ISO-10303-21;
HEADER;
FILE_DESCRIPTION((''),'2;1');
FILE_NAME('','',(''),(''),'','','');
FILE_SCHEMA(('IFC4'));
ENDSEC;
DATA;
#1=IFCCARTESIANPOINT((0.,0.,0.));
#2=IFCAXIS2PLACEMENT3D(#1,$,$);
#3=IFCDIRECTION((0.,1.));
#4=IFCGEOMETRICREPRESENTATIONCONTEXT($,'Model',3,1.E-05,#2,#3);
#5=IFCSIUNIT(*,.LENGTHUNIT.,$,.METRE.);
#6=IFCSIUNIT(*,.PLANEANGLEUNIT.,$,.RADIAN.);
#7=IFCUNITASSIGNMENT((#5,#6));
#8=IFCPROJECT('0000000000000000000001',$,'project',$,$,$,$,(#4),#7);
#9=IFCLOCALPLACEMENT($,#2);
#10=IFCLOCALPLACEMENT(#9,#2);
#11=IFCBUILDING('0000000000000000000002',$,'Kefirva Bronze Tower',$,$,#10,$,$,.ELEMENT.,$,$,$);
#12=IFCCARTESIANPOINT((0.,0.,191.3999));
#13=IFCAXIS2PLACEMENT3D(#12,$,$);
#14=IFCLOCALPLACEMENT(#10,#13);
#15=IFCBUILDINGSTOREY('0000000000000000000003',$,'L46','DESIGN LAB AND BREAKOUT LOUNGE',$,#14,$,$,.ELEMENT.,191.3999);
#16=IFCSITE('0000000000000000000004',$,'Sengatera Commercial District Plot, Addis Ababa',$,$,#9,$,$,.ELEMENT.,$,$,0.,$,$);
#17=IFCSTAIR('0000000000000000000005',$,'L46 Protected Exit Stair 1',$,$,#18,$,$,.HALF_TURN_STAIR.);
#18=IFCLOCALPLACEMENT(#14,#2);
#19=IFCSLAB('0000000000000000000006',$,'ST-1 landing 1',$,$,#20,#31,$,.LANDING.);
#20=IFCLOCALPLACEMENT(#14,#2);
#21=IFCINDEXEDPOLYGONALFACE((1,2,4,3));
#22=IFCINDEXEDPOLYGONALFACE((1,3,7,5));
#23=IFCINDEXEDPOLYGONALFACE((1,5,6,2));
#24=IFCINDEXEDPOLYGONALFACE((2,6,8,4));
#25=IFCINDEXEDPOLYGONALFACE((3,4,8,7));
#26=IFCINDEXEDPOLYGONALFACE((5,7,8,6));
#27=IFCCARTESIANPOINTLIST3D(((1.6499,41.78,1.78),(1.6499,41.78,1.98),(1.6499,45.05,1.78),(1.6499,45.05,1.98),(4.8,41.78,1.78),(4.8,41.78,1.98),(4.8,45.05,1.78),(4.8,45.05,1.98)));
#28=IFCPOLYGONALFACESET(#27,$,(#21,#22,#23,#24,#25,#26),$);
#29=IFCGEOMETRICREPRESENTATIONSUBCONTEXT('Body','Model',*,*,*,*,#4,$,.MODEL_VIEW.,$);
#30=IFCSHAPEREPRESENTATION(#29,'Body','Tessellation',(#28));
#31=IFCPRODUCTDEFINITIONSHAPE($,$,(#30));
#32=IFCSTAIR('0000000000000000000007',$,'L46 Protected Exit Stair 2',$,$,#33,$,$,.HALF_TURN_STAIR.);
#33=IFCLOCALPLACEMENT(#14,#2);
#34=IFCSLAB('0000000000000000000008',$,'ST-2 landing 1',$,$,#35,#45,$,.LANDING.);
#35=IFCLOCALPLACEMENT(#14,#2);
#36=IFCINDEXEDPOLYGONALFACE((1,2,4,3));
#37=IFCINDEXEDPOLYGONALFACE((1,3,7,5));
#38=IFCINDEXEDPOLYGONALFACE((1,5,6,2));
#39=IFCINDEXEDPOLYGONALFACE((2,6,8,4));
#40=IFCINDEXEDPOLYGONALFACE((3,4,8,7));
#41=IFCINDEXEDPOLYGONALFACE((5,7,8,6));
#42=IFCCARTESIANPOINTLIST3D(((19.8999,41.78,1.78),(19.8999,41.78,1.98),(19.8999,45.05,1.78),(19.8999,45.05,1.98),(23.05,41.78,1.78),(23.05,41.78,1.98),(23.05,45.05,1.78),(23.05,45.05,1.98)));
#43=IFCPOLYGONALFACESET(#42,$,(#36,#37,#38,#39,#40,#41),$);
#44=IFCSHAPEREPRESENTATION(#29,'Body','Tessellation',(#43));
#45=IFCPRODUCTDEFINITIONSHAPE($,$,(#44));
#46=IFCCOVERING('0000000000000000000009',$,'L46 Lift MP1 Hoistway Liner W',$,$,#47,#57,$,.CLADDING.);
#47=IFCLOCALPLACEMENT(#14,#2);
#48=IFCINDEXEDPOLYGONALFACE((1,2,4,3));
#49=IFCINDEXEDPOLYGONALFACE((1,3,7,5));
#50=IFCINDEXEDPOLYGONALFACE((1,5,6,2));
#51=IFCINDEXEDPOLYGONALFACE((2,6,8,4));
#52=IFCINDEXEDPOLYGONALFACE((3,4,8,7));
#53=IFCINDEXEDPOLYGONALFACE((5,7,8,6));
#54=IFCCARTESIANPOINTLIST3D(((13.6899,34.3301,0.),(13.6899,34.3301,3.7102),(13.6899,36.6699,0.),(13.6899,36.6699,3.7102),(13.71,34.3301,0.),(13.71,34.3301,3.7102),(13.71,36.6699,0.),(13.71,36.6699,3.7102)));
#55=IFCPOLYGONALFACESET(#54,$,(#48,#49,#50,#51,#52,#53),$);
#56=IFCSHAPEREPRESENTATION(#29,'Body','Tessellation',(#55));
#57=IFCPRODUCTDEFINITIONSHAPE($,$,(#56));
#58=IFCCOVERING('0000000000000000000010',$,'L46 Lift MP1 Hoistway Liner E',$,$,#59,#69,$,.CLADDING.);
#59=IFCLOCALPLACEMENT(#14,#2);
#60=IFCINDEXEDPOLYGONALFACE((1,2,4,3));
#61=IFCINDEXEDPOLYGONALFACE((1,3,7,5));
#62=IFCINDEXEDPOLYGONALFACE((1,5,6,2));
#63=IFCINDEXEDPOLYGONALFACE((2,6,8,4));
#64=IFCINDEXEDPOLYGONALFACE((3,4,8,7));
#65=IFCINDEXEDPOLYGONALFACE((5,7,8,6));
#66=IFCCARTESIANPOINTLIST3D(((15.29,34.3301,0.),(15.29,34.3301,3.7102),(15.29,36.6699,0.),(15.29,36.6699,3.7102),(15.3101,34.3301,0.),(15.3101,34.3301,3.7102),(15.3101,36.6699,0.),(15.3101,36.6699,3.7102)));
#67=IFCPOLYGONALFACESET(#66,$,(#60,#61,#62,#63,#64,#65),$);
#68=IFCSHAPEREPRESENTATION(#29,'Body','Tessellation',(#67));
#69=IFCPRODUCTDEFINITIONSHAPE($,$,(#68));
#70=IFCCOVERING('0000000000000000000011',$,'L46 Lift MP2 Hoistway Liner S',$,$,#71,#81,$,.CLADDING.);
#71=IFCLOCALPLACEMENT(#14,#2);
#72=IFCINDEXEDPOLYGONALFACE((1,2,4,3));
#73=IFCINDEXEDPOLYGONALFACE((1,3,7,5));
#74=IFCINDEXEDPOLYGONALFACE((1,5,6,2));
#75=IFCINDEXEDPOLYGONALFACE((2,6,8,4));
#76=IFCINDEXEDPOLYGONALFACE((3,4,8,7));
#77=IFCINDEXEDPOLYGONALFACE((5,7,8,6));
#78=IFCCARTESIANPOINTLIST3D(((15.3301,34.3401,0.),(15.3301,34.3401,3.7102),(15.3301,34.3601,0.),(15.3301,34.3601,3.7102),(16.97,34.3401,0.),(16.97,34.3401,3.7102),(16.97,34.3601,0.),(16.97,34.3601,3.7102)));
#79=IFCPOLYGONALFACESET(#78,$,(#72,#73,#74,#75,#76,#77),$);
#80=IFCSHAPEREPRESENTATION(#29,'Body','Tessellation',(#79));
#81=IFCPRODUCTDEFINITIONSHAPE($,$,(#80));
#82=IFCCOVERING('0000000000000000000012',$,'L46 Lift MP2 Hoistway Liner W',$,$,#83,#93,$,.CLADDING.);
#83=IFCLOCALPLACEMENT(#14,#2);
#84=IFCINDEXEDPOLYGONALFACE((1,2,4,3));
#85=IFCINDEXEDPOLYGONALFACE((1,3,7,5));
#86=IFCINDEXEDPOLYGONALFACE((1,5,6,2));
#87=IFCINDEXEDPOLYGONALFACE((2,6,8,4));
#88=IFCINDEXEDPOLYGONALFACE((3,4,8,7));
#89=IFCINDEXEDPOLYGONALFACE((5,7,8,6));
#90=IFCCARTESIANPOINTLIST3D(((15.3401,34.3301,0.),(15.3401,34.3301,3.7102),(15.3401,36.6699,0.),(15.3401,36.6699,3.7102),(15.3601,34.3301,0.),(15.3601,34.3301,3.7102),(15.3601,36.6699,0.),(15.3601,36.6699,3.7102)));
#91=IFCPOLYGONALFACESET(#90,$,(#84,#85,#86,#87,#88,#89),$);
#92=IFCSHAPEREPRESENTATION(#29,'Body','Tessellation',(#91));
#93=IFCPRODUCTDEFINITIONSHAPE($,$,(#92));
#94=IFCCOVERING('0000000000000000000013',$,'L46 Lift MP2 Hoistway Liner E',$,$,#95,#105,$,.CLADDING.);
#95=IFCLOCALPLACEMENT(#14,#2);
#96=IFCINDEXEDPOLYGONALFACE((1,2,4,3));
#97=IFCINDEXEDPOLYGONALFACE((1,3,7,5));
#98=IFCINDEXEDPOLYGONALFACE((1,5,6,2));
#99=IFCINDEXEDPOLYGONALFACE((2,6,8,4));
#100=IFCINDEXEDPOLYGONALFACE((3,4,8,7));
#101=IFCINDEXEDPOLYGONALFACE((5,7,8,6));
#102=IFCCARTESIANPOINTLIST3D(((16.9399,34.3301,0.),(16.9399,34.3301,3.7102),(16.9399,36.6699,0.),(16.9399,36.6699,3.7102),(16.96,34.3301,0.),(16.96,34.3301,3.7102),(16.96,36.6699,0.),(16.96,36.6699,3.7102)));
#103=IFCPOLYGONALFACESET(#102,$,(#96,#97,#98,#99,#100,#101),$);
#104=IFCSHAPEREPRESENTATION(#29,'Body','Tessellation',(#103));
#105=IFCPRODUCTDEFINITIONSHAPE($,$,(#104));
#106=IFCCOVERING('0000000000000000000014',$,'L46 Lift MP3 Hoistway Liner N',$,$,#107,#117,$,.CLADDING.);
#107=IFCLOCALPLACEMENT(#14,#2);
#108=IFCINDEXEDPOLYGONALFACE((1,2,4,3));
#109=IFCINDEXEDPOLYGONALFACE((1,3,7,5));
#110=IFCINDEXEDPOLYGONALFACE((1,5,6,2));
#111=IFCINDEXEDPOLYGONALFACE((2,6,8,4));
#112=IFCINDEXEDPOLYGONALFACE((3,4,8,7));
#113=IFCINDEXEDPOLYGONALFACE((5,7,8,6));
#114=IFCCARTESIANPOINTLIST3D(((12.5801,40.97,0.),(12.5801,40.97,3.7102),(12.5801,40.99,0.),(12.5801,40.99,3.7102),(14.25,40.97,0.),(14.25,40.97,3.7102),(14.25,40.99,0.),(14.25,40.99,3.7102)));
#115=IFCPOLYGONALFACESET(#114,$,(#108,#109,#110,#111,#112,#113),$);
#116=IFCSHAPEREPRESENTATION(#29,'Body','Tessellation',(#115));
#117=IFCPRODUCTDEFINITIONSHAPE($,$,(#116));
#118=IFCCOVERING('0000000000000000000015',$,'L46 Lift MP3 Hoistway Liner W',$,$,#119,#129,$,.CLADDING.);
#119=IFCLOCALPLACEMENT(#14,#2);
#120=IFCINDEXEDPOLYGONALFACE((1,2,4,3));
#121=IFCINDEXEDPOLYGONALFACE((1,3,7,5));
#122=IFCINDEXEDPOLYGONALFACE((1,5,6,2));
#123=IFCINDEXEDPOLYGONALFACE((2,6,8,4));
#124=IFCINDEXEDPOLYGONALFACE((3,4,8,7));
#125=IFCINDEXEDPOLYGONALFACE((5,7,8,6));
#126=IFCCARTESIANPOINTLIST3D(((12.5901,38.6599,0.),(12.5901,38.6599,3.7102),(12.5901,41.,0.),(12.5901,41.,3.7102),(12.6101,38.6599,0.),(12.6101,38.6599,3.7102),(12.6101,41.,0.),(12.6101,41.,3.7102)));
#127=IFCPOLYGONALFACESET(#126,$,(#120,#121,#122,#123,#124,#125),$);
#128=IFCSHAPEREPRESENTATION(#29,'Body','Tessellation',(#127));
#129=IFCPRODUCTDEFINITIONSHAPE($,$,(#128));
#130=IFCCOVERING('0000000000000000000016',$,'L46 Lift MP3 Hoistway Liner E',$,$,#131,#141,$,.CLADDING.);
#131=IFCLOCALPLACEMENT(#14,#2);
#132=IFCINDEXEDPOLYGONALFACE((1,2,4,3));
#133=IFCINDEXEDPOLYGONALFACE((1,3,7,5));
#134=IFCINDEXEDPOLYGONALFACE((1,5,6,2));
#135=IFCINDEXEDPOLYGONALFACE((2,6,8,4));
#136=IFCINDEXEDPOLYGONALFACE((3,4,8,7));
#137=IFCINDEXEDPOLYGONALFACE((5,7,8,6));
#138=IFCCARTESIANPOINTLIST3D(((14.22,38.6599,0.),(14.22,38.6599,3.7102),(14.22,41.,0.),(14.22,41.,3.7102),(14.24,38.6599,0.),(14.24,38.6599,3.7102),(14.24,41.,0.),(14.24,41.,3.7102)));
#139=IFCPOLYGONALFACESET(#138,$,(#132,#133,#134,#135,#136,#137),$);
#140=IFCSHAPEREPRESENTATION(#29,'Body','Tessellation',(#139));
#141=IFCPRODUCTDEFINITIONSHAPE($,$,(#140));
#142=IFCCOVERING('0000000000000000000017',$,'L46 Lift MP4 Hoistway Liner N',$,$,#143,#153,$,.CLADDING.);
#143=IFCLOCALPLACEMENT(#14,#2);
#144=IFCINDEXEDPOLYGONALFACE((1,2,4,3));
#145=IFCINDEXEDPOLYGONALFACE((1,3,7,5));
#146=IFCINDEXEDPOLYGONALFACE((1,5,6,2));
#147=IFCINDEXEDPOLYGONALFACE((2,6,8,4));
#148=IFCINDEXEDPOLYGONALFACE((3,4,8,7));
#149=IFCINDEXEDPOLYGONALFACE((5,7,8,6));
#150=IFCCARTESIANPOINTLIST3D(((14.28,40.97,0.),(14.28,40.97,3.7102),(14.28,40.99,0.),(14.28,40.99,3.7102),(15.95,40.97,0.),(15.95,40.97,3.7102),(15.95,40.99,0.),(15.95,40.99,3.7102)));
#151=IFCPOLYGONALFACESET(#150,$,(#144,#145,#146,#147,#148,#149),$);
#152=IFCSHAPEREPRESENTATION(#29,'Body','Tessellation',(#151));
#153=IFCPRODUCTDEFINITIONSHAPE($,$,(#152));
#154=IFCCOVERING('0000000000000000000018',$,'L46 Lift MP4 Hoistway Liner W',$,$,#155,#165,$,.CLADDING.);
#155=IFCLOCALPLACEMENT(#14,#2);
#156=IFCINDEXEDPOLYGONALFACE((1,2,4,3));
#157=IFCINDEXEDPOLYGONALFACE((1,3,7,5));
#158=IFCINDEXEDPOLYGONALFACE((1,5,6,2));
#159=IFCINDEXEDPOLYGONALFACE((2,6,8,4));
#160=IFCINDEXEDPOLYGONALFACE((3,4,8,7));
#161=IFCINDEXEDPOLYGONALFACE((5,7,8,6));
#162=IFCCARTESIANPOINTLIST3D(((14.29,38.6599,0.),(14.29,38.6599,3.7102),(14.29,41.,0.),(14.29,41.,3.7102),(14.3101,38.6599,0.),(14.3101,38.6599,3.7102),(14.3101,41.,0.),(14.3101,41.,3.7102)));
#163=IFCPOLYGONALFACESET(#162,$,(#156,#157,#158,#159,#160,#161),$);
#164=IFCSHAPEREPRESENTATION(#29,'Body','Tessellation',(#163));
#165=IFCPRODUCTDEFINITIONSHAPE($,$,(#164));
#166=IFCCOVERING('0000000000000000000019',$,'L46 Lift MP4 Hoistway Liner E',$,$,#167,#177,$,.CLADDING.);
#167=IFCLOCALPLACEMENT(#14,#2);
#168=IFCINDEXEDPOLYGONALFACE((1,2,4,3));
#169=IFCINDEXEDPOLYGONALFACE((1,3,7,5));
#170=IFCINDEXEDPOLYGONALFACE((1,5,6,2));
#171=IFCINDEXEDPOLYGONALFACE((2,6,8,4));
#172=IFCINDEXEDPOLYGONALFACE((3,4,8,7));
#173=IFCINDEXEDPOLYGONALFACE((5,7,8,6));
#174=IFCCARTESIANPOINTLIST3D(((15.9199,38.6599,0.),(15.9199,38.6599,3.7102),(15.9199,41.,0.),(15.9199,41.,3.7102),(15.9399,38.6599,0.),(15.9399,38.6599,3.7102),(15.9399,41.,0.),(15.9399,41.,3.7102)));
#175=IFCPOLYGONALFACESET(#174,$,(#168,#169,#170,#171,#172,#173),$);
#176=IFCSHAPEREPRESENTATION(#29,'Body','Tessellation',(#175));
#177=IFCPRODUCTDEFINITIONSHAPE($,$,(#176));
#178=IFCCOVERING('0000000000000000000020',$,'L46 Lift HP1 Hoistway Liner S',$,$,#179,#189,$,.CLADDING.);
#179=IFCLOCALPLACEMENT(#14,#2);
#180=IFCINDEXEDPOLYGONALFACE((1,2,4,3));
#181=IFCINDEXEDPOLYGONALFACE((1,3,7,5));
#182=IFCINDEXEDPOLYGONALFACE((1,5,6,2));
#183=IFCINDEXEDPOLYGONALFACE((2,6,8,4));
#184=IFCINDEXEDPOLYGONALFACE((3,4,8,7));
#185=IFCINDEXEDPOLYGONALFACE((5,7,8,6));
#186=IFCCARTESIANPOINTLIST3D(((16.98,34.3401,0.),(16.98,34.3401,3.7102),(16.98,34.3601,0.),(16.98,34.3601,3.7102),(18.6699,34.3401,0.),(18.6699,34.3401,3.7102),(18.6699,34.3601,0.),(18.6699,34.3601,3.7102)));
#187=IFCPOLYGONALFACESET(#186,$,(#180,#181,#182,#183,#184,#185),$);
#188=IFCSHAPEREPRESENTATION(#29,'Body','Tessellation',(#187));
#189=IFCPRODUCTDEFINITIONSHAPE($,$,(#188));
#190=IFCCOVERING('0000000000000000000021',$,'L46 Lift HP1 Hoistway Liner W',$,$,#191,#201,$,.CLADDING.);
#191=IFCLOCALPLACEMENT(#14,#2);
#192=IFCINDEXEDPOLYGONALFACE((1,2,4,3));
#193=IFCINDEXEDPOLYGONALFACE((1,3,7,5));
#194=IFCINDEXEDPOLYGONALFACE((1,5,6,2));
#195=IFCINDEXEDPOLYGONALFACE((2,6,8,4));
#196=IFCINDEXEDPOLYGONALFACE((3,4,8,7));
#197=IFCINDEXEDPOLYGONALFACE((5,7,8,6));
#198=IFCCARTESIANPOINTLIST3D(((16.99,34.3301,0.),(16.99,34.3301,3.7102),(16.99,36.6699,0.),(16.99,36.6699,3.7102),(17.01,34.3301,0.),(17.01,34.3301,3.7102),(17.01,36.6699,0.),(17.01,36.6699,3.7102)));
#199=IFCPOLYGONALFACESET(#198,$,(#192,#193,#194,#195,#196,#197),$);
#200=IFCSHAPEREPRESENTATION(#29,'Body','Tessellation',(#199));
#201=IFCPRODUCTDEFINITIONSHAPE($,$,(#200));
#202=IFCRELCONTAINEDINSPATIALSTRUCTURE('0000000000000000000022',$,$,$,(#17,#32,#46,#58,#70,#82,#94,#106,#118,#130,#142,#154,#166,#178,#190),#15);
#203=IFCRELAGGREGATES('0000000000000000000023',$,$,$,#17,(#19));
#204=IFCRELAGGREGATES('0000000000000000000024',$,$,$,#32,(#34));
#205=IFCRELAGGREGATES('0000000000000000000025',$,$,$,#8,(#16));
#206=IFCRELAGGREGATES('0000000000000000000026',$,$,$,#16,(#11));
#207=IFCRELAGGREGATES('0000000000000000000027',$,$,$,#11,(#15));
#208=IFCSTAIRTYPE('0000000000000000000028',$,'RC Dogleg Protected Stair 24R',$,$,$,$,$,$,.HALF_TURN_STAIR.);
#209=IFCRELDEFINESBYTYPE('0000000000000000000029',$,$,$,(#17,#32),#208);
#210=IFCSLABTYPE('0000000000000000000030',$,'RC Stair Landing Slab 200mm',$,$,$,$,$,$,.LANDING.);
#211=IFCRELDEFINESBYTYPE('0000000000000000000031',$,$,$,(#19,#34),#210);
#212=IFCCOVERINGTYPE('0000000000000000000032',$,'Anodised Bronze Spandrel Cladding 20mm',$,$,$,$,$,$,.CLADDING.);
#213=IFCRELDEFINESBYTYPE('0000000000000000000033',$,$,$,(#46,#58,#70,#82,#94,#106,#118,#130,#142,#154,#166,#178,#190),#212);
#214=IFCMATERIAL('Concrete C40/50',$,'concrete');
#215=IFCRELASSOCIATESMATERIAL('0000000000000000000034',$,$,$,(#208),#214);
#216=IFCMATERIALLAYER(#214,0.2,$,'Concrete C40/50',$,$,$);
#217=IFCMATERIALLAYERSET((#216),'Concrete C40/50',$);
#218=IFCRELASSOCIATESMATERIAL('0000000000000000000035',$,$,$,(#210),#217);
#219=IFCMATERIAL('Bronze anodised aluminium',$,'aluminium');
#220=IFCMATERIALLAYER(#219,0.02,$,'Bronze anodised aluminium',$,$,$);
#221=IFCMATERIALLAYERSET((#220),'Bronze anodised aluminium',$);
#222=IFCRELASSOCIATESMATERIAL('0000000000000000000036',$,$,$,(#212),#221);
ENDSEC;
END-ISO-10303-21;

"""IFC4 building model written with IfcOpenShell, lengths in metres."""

from ifc_helpers import new_model, si_unit, direction, frame, origin, place, context, subcontext, project, spatial, polyline, outline, extrude, material, layer, layer_set, type_object, element, aggregate, save


model = new_model("IFC4")

# Units and contexts
model_context = context("Model", 3, precision=1e-05, world=origin(), true_north=direction((0.0, 1.0)))
body_context = subcontext(model_context, "Body", "Model", "MODEL_VIEW")
ifc_project = project(units=[si_unit("LENGTHUNIT", "METRE"), si_unit("PLANEANGLEUNIT", "RADIAN")], contexts=[model_context])

# Site, building, storey
site_placement = place(None, origin())
site = spatial("IfcSite", under=ifc_project, at=site_placement, Name="Sengatera Commercial District Plot, Addis Ababa", CompositionType="ELEMENT", RefElevation=0.0)
building_placement = place(site_placement, origin())
building = spatial("IfcBuilding", under=site, at=building_placement, Name="Kefirva Bronze Tower", CompositionType="ELEMENT")
storey_placement = place(building_placement, frame((0.0, 0.0, 191.3999)))
storey = spatial("IfcBuildingStorey", under=building, at=storey_placement, Name="L46", Description="DESIGN LAB AND BREAKOUT LOUNGE", CompositionType="ELEMENT", Elevation=191.3999)

# Stairs, slabs
ifc_material_1 = material(Name="Concrete C40/50", Category="concrete")
stair_type = type_object("IfcStairType", Name="RC Dogleg Protected Stair 24R", PredefinedType="HALF_TURN_STAIR", material=ifc_material_1)
stair_1_placement = place(storey_placement, origin())
stair_1 = element("IfcStair", 1, at=stair_1_placement, inside=storey, type_object=stair_type, Name="L46 Protected Exit Stair 1", PredefinedType="HALF_TURN_STAIR")
ifc_layer_1 = layer(ifc_material_1, 0.2, Name="Concrete C40/50")
ifc_layer_set_1 = layer_set([ifc_layer_1], Name="Concrete C40/50")
slab_type = type_object("IfcSlabType", Name="RC Stair Landing Slab 200mm", PredefinedType="LANDING", material=ifc_layer_set_1)
slab_1_placement = place(storey_placement, frame((0.0, 0.0, 1.78)))
slab_1 = element("IfcSlab", 2, at=slab_1_placement, type_object=slab_type, Name="ST-1 landing 1", PredefinedType="LANDING", context=body_context, shape_type="SweptSolid", body=[
    extrude(outline(polyline([(4.8, 41.78), (4.8, 45.05), (1.6499, 45.05), (1.6499, 41.78), (4.8, 41.78)])), origin(), (0.0, 0.0, 1.0), 0.2),
])
aggregate(stair_1, [slab_1])
stair_2_placement = place(storey_placement, origin())
stair_2 = element("IfcStair", 3, at=stair_2_placement, inside=storey, type_object=stair_type, Name="L46 Protected Exit Stair 2", PredefinedType="HALF_TURN_STAIR")
slab_2_placement = place(storey_placement, frame((0.0, 0.0, 1.78)))
slab_2 = element("IfcSlab", 4, at=slab_2_placement, type_object=slab_type, Name="ST-2 landing 1", PredefinedType="LANDING", context=body_context, shape_type="SweptSolid", body=[
    extrude(outline(polyline([(23.05, 41.78), (23.05, 45.05), (19.8999, 45.05), (19.8999, 41.78), (23.05, 41.78)])), origin(), (0.0, 0.0, 1.0), 0.2),
])
aggregate(stair_2, [slab_2])

# Coverings
ifc_material_2 = material(Name="Bronze anodised aluminium", Category="aluminium")
ifc_layer_2 = layer(ifc_material_2, 0.02, Name="Bronze anodised aluminium")
ifc_layer_set_2 = layer_set([ifc_layer_2], Name="Bronze anodised aluminium")
covering_type = type_object("IfcCoveringType", Name="Anodised Bronze Spandrel Cladding 20mm", PredefinedType="CLADDING", material=ifc_layer_set_2)
covering_1_placement = place(storey_placement, origin())
element("IfcCovering", 5, at=covering_1_placement, inside=storey, type_object=covering_type, Name="L46 Lift MP1 Hoistway Liner W", PredefinedType="CLADDING", context=body_context, shape_type="SweptSolid", body=[
    extrude(outline(polyline([(13.6899, 34.3301), (13.71, 34.3301), (13.71, 36.6699), (13.6899, 36.6699), (13.6899, 34.3301)])), origin(), (0.0, 0.0, 1.0), 3.7102),
])
covering_2_placement = place(storey_placement, origin())
element("IfcCovering", 6, at=covering_2_placement, inside=storey, type_object=covering_type, Name="L46 Lift MP1 Hoistway Liner E", PredefinedType="CLADDING", context=body_context, shape_type="SweptSolid", body=[
    extrude(outline(polyline([(15.29, 34.3301), (15.3101, 34.3301), (15.3101, 36.6699), (15.29, 36.6699), (15.29, 34.3301)])), origin(), (0.0, 0.0, 1.0), 3.7102),
])
covering_3_placement = place(storey_placement, origin())
element("IfcCovering", 7, at=covering_3_placement, inside=storey, type_object=covering_type, Name="L46 Lift MP2 Hoistway Liner S", PredefinedType="CLADDING", context=body_context, shape_type="SweptSolid", body=[
    extrude(outline(polyline([(15.3301, 34.3401), (16.97, 34.3401), (16.97, 34.3601), (15.3301, 34.3601), (15.3301, 34.3401)])), origin(), (0.0, 0.0, 1.0), 3.7102),
])
covering_4_placement = place(storey_placement, origin())
element("IfcCovering", 8, at=covering_4_placement, inside=storey, type_object=covering_type, Name="L46 Lift MP2 Hoistway Liner W", PredefinedType="CLADDING", context=body_context, shape_type="SweptSolid", body=[
    extrude(outline(polyline([(15.3401, 34.3301), (15.3601, 34.3301), (15.3601, 36.6699), (15.3401, 36.6699), (15.3401, 34.3301)])), origin(), (0.0, 0.0, 1.0), 3.7102),
])
covering_5_placement = place(storey_placement, origin())
element("IfcCovering", 9, at=covering_5_placement, inside=storey, type_object=covering_type, Name="L46 Lift MP2 Hoistway Liner E", PredefinedType="CLADDING", context=body_context, shape_type="SweptSolid", body=[
    extrude(outline(polyline([(16.9399, 34.3301), (16.96, 34.3301), (16.96, 36.6699), (16.9399, 36.6699), (16.9399, 34.3301)])), origin(), (0.0, 0.0, 1.0), 3.7102),
])
covering_6_placement = place(storey_placement, origin())
element("IfcCovering", 10, at=covering_6_placement, inside=storey, type_object=covering_type, Name="L46 Lift MP3 Hoistway Liner N", PredefinedType="CLADDING", context=body_context, shape_type="SweptSolid", body=[
    extrude(outline(polyline([(12.5801, 40.97), (14.25, 40.97), (14.25, 40.99), (12.5801, 40.99), (12.5801, 40.97)])), origin(), (0.0, 0.0, 1.0), 3.7102),
])
covering_7_placement = place(storey_placement, origin())
element("IfcCovering", 11, at=covering_7_placement, inside=storey, type_object=covering_type, Name="L46 Lift MP3 Hoistway Liner W", PredefinedType="CLADDING", context=body_context, shape_type="SweptSolid", body=[
    extrude(outline(polyline([(12.5901, 38.6599), (12.6101, 38.6599), (12.6101, 41.0), (12.5901, 41.0), (12.5901, 38.6599)])), origin(), (0.0, 0.0, 1.0), 3.7102),
])
covering_8_placement = place(storey_placement, origin())
element("IfcCovering", 12, at=covering_8_placement, inside=storey, type_object=covering_type, Name="L46 Lift MP3 Hoistway Liner E", PredefinedType="CLADDING", context=body_context, shape_type="SweptSolid", body=[
    extrude(outline(polyline([(14.22, 38.6599), (14.24, 38.6599), (14.24, 41.0), (14.22, 41.0), (14.22, 38.6599)])), origin(), (0.0, 0.0, 1.0), 3.7102),
])
covering_9_placement = place(storey_placement, origin())
element("IfcCovering", 13, at=covering_9_placement, inside=storey, type_object=covering_type, Name="L46 Lift MP4 Hoistway Liner N", PredefinedType="CLADDING", context=body_context, shape_type="SweptSolid", body=[
    extrude(outline(polyline([(14.28, 40.97), (15.95, 40.97), (15.95, 40.99), (14.28, 40.99), (14.28, 40.97)])), origin(), (0.0, 0.0, 1.0), 3.7102),
])
covering_10_placement = place(storey_placement, origin())
element("IfcCovering", 14, at=covering_10_placement, inside=storey, type_object=covering_type, Name="L46 Lift MP4 Hoistway Liner W", PredefinedType="CLADDING", context=body_context, shape_type="SweptSolid", body=[
    extrude(outline(polyline([(14.29, 38.6599), (14.3101, 38.6599), (14.3101, 41.0), (14.29, 41.0), (14.29, 38.6599)])), origin(), (0.0, 0.0, 1.0), 3.7102),
])
covering_11_placement = place(storey_placement, origin())
element("IfcCovering", 15, at=covering_11_placement, inside=storey, type_object=covering_type, Name="L46 Lift MP4 Hoistway Liner E", PredefinedType="CLADDING", context=body_context, shape_type="SweptSolid", body=[
    extrude(outline(polyline([(15.9199, 38.6599), (15.9399, 38.6599), (15.9399, 41.0), (15.9199, 41.0), (15.9199, 38.6599)])), origin(), (0.0, 0.0, 1.0), 3.7102),
])
covering_12_placement = place(storey_placement, origin())
element("IfcCovering", 16, at=covering_12_placement, inside=storey, type_object=covering_type, Name="L46 Lift HP1 Hoistway Liner S", PredefinedType="CLADDING", context=body_context, shape_type="SweptSolid", body=[
    extrude(outline(polyline([(16.98, 34.3401), (18.6699, 34.3401), (18.6699, 34.3601), (16.98, 34.3601), (16.98, 34.3401)])), origin(), (0.0, 0.0, 1.0), 3.7102),
])
covering_13_placement = place(storey_placement, origin())
element("IfcCovering", 17, at=covering_13_placement, inside=storey, type_object=covering_type, Name="L46 Lift HP1 Hoistway Liner W", PredefinedType="CLADDING", context=body_context, shape_type="SweptSolid", body=[
    extrude(outline(polyline([(16.99, 34.3301), (17.01, 34.3301), (17.01, 36.6699), (16.99, 36.6699), (16.99, 34.3301)])), origin(), (0.0, 0.0, 1.0), 3.7102),
])

save(model, "model.ifc")
